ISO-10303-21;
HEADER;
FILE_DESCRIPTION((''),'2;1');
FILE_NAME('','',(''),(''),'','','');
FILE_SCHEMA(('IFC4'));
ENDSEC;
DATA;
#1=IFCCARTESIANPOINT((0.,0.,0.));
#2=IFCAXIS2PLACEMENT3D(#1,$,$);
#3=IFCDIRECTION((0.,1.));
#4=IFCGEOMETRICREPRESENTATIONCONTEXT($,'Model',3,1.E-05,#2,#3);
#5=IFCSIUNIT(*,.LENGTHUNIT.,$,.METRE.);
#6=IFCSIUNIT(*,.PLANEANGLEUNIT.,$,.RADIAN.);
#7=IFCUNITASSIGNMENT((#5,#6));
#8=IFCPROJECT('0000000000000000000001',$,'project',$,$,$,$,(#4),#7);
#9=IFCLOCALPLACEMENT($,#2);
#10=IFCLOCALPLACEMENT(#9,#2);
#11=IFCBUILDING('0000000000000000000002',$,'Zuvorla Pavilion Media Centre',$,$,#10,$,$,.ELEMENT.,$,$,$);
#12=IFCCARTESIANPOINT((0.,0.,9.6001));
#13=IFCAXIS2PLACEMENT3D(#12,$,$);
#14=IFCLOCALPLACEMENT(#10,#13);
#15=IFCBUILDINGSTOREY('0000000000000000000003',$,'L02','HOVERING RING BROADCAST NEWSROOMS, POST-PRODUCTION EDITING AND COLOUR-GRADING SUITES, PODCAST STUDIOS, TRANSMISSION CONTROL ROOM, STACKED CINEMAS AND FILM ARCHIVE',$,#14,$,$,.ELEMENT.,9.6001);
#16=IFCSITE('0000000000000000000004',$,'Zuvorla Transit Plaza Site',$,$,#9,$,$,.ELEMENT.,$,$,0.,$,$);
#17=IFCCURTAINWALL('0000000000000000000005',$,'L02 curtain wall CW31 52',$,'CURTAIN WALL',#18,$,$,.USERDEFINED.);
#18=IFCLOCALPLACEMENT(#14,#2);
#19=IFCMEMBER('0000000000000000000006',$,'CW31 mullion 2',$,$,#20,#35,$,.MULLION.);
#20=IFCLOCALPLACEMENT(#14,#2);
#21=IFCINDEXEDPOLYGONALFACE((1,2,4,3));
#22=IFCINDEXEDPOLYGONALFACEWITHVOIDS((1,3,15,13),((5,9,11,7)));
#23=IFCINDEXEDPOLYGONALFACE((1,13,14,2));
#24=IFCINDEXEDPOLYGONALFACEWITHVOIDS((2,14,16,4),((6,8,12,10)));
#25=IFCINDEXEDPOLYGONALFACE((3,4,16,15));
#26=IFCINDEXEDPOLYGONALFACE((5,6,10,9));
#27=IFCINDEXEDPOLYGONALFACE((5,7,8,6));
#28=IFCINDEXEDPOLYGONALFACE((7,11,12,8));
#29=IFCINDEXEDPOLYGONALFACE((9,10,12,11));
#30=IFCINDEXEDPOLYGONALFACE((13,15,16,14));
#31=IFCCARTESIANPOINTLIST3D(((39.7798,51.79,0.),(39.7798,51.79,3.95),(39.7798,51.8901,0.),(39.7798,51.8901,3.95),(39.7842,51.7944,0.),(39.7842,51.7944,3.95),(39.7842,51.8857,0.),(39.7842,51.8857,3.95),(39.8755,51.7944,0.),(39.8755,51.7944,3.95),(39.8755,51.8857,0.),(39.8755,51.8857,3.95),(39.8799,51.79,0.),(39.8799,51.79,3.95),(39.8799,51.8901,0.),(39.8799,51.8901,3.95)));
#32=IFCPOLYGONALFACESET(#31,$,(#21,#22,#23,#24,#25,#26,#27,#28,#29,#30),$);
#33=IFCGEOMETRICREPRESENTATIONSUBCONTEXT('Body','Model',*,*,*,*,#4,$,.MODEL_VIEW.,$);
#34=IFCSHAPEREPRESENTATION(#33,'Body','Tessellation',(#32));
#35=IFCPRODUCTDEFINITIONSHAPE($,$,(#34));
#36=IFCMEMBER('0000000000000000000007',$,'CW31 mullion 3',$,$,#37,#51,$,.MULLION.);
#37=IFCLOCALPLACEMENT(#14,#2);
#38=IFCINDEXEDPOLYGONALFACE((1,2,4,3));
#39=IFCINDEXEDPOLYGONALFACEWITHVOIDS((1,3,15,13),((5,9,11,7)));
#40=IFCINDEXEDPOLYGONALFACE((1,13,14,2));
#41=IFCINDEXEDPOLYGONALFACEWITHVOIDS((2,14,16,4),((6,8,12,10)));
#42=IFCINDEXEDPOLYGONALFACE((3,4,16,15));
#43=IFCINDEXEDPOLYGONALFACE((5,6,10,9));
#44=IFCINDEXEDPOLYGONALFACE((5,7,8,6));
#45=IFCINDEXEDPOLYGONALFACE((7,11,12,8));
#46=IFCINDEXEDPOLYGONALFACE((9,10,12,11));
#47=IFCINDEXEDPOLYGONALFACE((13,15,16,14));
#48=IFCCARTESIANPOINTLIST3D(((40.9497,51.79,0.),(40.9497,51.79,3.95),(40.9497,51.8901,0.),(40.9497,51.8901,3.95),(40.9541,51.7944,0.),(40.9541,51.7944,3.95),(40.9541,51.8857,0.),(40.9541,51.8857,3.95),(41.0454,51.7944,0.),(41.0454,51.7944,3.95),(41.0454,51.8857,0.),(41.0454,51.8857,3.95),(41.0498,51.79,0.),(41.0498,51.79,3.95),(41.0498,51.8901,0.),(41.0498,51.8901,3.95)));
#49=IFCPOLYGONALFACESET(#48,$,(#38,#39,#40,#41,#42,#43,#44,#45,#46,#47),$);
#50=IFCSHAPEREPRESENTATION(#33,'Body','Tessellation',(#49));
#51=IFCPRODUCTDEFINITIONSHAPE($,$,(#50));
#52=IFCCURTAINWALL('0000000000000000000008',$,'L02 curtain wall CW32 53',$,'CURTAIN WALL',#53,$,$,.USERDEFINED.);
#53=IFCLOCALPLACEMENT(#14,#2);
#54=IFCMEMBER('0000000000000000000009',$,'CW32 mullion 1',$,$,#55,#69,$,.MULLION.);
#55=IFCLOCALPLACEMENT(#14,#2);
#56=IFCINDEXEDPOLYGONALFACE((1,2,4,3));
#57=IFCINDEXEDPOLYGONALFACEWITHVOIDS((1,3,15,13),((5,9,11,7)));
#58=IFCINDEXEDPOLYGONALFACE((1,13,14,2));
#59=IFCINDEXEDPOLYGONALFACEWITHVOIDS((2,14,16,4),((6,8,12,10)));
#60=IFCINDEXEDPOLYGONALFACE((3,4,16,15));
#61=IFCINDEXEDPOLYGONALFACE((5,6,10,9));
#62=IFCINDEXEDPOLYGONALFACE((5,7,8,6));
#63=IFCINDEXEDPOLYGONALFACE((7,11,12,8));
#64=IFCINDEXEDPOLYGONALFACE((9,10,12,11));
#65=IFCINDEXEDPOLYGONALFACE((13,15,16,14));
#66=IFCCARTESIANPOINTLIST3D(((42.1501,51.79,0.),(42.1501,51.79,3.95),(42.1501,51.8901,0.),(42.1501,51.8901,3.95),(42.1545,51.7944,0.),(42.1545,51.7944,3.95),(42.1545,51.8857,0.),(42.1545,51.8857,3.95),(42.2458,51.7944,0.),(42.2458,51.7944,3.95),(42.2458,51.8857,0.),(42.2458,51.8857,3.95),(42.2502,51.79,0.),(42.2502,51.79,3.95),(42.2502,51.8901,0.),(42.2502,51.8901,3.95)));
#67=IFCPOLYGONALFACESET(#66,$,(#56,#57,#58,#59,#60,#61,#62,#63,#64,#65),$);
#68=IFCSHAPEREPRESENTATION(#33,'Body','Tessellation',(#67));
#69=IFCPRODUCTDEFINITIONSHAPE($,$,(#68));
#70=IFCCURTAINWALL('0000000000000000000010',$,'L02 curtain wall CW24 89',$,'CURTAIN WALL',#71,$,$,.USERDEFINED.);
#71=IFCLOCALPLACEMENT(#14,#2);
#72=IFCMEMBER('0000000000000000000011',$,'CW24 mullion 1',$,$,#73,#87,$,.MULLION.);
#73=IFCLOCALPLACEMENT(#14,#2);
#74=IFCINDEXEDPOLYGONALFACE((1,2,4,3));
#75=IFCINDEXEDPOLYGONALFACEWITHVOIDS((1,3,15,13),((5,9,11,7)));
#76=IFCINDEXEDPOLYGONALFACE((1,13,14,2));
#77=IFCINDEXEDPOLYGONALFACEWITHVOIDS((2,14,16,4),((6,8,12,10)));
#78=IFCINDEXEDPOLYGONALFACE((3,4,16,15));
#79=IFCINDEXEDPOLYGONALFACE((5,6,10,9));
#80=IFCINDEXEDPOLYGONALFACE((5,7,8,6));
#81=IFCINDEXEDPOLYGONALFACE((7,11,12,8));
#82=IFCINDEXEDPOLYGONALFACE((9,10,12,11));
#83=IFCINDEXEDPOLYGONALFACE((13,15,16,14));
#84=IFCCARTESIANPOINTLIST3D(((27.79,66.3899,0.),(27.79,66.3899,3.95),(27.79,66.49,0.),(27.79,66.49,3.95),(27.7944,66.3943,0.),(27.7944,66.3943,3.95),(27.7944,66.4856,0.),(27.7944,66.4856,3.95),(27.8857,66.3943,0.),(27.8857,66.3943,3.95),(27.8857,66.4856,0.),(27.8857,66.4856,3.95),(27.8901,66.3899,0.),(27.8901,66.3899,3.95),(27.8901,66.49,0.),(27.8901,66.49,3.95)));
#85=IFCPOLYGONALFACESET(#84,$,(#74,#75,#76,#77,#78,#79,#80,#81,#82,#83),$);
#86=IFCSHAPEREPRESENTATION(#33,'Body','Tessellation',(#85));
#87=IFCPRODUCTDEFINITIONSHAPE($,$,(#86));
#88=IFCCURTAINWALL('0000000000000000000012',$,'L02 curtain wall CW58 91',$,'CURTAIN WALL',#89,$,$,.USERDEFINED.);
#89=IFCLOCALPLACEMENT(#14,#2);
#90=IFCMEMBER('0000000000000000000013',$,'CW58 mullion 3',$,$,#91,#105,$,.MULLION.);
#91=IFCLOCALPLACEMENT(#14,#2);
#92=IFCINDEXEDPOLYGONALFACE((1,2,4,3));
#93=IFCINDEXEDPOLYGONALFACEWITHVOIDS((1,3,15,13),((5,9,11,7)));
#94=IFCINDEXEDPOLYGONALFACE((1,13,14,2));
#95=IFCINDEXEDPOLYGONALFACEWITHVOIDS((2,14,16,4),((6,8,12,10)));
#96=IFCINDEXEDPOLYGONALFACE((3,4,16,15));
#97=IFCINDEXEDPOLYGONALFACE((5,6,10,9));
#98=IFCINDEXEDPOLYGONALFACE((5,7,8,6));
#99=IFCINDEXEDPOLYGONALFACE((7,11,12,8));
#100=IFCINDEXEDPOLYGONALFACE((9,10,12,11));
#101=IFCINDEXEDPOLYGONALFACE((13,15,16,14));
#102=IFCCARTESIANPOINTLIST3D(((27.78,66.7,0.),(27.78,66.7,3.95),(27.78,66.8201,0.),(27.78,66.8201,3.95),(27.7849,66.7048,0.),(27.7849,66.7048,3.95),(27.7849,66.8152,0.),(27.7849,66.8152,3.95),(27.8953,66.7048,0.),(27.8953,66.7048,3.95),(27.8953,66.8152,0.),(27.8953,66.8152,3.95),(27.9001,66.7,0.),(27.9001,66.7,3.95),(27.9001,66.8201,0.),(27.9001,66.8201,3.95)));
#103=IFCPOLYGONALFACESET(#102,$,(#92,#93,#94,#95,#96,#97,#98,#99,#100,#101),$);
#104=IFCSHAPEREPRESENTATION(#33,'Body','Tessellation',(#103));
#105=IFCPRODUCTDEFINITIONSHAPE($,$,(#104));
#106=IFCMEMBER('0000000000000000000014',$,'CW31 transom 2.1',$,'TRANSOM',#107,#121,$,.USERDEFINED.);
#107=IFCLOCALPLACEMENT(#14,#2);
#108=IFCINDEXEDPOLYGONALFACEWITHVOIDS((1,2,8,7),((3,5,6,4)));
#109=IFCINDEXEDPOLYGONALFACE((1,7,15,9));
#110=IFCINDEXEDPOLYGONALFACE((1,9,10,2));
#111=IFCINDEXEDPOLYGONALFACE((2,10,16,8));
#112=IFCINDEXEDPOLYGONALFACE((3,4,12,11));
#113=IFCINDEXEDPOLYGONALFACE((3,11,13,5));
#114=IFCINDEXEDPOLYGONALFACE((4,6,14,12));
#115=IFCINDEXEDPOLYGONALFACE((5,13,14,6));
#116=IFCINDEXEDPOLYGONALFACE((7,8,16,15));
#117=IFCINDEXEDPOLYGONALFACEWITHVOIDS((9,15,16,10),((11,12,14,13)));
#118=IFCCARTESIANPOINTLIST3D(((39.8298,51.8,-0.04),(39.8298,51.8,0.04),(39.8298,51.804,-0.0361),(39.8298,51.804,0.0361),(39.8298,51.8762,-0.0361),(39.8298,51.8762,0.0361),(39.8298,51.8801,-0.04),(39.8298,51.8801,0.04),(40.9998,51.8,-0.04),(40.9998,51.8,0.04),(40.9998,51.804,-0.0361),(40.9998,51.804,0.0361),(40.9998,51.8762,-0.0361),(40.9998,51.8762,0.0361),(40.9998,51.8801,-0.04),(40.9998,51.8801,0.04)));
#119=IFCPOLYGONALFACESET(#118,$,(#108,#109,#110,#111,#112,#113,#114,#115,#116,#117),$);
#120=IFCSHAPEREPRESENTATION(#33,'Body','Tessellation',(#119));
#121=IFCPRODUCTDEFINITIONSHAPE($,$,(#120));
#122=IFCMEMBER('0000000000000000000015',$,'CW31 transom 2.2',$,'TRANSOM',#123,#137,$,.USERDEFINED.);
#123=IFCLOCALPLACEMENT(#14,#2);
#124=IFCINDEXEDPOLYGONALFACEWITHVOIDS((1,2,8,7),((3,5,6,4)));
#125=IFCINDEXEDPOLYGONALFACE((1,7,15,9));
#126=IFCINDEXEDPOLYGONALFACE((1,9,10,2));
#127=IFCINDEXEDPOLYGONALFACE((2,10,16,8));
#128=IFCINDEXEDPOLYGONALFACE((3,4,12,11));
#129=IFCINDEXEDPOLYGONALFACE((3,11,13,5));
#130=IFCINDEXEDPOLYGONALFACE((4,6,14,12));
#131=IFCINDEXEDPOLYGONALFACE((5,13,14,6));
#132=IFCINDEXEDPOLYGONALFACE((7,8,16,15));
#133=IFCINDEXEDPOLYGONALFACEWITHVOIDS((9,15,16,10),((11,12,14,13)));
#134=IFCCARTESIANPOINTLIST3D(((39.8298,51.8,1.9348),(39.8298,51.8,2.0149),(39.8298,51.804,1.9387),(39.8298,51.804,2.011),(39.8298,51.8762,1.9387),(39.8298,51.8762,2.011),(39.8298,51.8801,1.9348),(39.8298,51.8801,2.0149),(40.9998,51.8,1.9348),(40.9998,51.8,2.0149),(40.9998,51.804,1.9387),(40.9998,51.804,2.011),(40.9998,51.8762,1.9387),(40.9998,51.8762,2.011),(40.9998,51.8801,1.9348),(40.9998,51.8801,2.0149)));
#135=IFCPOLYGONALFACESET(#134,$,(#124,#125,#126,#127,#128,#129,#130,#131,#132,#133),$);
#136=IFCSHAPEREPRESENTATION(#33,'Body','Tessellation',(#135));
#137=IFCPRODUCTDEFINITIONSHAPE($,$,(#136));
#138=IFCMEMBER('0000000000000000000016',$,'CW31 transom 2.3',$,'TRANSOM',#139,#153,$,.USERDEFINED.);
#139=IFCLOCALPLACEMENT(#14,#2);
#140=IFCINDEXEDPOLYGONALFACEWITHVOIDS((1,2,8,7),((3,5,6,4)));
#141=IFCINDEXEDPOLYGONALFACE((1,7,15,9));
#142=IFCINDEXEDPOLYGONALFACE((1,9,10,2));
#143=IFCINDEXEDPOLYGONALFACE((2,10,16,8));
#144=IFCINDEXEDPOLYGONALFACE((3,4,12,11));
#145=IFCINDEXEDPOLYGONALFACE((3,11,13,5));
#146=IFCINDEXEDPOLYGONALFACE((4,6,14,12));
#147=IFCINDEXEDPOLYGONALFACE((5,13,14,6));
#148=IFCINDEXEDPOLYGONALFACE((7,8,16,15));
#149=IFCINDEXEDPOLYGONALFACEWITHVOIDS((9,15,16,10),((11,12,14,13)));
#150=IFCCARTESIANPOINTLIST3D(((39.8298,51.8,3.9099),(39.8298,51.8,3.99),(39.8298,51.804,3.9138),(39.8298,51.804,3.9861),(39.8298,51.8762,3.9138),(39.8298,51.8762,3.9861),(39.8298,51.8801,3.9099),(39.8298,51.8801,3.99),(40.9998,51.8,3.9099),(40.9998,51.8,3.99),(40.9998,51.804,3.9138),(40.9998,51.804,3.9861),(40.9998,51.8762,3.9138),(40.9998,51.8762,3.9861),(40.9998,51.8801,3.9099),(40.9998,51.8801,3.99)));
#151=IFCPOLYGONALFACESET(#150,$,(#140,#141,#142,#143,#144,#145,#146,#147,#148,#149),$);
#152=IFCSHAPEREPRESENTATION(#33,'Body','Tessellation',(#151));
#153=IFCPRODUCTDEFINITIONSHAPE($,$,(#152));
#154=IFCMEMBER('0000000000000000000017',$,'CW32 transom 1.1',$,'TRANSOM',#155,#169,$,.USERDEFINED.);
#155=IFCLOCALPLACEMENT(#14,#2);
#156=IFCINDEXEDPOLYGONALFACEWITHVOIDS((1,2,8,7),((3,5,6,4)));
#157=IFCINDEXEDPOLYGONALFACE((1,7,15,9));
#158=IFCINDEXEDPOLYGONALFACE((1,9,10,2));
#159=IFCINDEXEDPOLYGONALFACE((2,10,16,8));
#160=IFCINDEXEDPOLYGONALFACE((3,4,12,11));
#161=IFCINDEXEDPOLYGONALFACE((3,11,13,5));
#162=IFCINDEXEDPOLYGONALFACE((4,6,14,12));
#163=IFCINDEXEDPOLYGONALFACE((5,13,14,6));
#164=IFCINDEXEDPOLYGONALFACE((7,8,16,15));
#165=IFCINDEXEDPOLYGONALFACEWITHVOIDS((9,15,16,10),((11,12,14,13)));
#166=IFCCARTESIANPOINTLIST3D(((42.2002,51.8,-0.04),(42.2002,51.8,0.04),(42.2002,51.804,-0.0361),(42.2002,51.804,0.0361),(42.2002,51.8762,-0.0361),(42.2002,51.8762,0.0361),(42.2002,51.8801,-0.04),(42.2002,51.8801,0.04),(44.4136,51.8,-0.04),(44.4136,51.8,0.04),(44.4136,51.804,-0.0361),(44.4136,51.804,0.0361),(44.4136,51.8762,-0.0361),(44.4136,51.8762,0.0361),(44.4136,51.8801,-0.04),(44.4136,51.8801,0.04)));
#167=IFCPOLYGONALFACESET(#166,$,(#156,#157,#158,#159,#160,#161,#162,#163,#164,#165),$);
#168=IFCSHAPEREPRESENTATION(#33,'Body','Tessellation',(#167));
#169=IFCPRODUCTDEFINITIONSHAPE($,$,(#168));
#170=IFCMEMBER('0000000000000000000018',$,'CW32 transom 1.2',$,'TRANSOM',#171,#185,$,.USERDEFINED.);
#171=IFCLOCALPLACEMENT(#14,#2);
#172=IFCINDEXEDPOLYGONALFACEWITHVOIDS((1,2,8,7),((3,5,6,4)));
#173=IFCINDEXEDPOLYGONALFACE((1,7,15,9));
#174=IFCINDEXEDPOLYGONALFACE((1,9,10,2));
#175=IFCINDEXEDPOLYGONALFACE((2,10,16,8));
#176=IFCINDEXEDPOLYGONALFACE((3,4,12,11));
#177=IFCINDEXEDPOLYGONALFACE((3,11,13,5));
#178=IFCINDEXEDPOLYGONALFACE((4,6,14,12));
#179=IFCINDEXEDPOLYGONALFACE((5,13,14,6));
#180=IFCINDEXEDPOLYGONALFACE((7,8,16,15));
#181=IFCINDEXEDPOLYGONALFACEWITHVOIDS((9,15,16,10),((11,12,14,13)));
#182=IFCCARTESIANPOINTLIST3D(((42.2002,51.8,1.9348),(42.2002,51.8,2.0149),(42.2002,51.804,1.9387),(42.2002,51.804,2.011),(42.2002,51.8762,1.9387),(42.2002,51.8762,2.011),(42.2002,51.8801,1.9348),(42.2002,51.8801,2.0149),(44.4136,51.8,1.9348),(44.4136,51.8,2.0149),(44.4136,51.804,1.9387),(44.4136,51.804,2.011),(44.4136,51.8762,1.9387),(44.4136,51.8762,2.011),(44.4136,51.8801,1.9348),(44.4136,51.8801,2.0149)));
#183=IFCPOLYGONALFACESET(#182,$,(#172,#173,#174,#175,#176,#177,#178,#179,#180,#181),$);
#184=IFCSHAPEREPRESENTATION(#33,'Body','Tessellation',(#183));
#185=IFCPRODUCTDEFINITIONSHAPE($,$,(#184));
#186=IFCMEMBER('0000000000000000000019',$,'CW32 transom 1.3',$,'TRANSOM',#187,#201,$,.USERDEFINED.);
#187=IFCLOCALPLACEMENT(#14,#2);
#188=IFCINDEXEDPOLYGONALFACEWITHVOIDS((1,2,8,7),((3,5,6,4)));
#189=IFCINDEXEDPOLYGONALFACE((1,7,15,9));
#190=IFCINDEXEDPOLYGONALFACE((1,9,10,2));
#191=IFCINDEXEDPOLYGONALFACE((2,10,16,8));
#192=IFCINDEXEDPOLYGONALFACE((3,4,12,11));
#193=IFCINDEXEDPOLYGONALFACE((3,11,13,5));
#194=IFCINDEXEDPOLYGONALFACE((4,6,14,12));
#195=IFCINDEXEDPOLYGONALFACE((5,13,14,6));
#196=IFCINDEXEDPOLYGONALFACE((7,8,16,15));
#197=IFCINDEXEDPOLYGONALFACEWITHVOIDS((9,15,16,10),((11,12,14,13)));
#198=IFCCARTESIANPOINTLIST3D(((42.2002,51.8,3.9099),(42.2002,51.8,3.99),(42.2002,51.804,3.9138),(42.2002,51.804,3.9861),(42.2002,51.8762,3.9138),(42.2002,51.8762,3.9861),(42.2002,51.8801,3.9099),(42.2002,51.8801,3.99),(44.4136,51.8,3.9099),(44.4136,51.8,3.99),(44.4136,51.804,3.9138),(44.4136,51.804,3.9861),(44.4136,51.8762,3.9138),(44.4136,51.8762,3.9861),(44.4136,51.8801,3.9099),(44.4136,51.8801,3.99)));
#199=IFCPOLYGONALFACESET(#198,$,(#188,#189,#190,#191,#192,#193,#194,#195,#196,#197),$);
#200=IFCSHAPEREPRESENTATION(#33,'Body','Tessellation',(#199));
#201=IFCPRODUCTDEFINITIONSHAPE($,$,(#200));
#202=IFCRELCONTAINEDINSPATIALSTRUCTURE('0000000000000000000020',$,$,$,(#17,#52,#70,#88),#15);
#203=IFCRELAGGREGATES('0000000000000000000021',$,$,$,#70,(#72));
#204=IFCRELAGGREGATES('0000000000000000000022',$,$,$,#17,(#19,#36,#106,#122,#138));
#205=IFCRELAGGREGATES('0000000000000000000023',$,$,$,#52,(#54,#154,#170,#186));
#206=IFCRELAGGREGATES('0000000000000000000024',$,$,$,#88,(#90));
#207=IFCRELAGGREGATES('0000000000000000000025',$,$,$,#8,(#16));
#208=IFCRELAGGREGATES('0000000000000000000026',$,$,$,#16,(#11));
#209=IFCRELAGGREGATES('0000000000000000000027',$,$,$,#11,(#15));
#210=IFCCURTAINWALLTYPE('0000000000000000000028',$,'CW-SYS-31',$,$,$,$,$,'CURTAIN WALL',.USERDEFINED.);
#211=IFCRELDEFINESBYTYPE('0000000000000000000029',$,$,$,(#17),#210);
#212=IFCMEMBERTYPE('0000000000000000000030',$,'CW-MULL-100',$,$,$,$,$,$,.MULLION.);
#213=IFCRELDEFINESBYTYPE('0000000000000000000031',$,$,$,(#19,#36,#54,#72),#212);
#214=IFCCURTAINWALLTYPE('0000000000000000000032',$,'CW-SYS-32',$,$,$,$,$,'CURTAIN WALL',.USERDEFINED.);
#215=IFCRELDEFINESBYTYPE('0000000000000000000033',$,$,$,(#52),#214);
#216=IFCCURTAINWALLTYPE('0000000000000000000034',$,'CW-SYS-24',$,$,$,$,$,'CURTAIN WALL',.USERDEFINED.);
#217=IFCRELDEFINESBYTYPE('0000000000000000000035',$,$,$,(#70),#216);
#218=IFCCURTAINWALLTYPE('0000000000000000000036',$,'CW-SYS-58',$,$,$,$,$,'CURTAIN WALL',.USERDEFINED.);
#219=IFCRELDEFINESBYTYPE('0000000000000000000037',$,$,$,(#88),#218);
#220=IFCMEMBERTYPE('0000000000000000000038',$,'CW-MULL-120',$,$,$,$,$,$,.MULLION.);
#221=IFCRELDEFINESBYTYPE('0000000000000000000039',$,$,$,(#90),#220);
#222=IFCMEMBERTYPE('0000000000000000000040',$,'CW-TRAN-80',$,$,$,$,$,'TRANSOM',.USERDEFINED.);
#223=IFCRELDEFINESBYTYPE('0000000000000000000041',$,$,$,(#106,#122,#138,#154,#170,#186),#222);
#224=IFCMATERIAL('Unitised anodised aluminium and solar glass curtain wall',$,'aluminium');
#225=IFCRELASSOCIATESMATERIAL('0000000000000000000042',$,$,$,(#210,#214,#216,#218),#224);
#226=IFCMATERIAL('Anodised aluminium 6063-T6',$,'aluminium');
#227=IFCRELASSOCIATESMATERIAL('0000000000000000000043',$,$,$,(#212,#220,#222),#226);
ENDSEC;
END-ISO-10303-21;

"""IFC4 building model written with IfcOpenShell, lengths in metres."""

from ifc_helpers import new_model, si_unit, direction, frame, origin, origin_2d, place, context, subcontext, project, spatial, hollow_rectangle, extrude, material, material_profile, profile_set, type_object, element, aggregate, save


model = new_model("IFC4")

# Units and contexts
model_context = context("Model", 3, precision=1e-05, world=origin(), true_north=direction((0.0, 1.0)))
body_context = subcontext(model_context, "Body", "Model", "MODEL_VIEW")
ifc_project = project(units=[si_unit("LENGTHUNIT", "METRE"), si_unit("PLANEANGLEUNIT", "RADIAN")], contexts=[model_context])

# Site, building, storey
site_placement = place(None, origin())
site = spatial("IfcSite", under=ifc_project, at=site_placement, Name="Zuvorla Transit Plaza Site", CompositionType="ELEMENT", RefElevation=0.0)
building_placement = place(site_placement, origin())
building = spatial("IfcBuilding", under=site, at=building_placement, Name="Zuvorla Pavilion Media Centre", CompositionType="ELEMENT")
storey_placement = place(building_placement, frame((0.0, 0.0, 9.6001)))
storey = spatial("IfcBuildingStorey", under=building, at=storey_placement, Name="L02", Description="HOVERING RING BROADCAST NEWSROOMS, POST-PRODUCTION EDITING AND COLOUR-GRADING SUITES, PODCAST STUDIOS, TRANSMISSION CONTROL ROOM, STACKED CINEMAS AND FILM ARCHIVE", CompositionType="ELEMENT", Elevation=9.6001)

# Curtain wall, members
ifc_material_1 = material(Name="Unitised anodised aluminium and solar glass curtain wall", Category="aluminium")
curtain_wall_type_1 = type_object("IfcCurtainWallType", Name="CW-SYS-31", ElementType="CURTAIN WALL", PredefinedType="USERDEFINED", material=ifc_material_1)
curtain_wall_1_placement = place(storey_placement, origin())
curtain_wall_1 = element("IfcCurtainWall", 1, at=curtain_wall_1_placement, inside=storey, type_object=curtain_wall_type_1, Name="L02 curtain wall CW31 52", ObjectType="CURTAIN WALL", PredefinedType="USERDEFINED")
ifc_material_2 = material(Name="Anodised aluminium 6063-T6", Category="aluminium")
ifc_material_profile_1 = material_profile(ifc_material_2, hollow_rectangle(XDim=0.1001, YDim=0.1001, WallThickness=0.0044, at=origin_2d()), Name="ALU MULL 100x100")
ifc_profile_set_1 = profile_set([ifc_material_profile_1], Name="Anodised aluminium 6063-T6")
member_type_1 = type_object("IfcMemberType", Name="CW-MULL-100", PredefinedType="MULLION", material=ifc_profile_set_1)
member_1_placement = place(storey_placement, frame((39.8298, 51.8401, 0.0), z_axis=(0.0, 0.0, 1.0), x_axis=(1.0, 0.0, 0.0)))
member_1 = element("IfcMember", 2, at=member_1_placement, type_object=member_type_1, Name="CW31 mullion 2", PredefinedType="MULLION", context=body_context, shape_type="SweptSolid", body=[
    extrude(hollow_rectangle(XDim=0.1001, YDim=0.1001, WallThickness=0.0044, at=origin_2d()), origin(), (0.0, 0.0, 1.0), 3.95),
])
member_2_placement = place(storey_placement, frame((40.9998, 51.8401, 0.0), z_axis=(0.0, 0.0, 1.0), x_axis=(1.0, 0.0, 0.0)))
member_2 = element("IfcMember", 3, at=member_2_placement, type_object=member_type_1, Name="CW31 mullion 3", PredefinedType="MULLION", context=body_context, shape_type="SweptSolid", body=[
    extrude(hollow_rectangle(XDim=0.1001, YDim=0.1001, WallThickness=0.0044, at=origin_2d()), origin(), (0.0, 0.0, 1.0), 3.95),
])

# Curtain walls, members
curtain_wall_type_2 = type_object("IfcCurtainWallType", Name="CW-SYS-32", ElementType="CURTAIN WALL", PredefinedType="USERDEFINED", material=ifc_material_1)
curtain_wall_2_placement = place(storey_placement, origin())
curtain_wall_2 = element("IfcCurtainWall", 4, at=curtain_wall_2_placement, inside=storey, type_object=curtain_wall_type_2, Name="L02 curtain wall CW32 53", ObjectType="CURTAIN WALL", PredefinedType="USERDEFINED")
member_3_placement = place(storey_placement, frame((42.2002, 51.8401, 0.0), z_axis=(0.0, 0.0, 1.0), x_axis=(1.0, 0.0, 0.0)))
member_3 = element("IfcMember", 5, at=member_3_placement, type_object=member_type_1, Name="CW32 mullion 1", PredefinedType="MULLION", context=body_context, shape_type="SweptSolid", body=[
    extrude(hollow_rectangle(XDim=0.1001, YDim=0.1001, WallThickness=0.0044, at=origin_2d()), origin(), (0.0, 0.0, 1.0), 3.95),
])
curtain_wall_type_3 = type_object("IfcCurtainWallType", Name="CW-SYS-24", ElementType="CURTAIN WALL", PredefinedType="USERDEFINED", material=ifc_material_1)
curtain_wall_3_placement = place(storey_placement, origin())
curtain_wall_3 = element("IfcCurtainWall", 6, at=curtain_wall_3_placement, inside=storey, type_object=curtain_wall_type_3, Name="L02 curtain wall CW24 89", ObjectType="CURTAIN WALL", PredefinedType="USERDEFINED")
member_4_placement = place(storey_placement, frame((27.8401, 66.4399, 0.0), z_axis=(0.0, 0.0, 1.0), x_axis=(1.0, 0.0, 0.0)))
member_4 = element("IfcMember", 7, at=member_4_placement, type_object=member_type_1, Name="CW24 mullion 1", PredefinedType="MULLION", context=body_context, shape_type="SweptSolid", body=[
    extrude(hollow_rectangle(XDim=0.1001, YDim=0.1001, WallThickness=0.0044, at=origin_2d()), origin(), (0.0, 0.0, 1.0), 3.95),
])
curtain_wall_type_4 = type_object("IfcCurtainWallType", Name="CW-SYS-58", ElementType="CURTAIN WALL", PredefinedType="USERDEFINED", material=ifc_material_1)
curtain_wall_4_placement = place(storey_placement, origin())
curtain_wall_4 = element("IfcCurtainWall", 8, at=curtain_wall_4_placement, inside=storey, type_object=curtain_wall_type_4, Name="L02 curtain wall CW58 91", ObjectType="CURTAIN WALL", PredefinedType="USERDEFINED")
ifc_material_profile_2 = material_profile(ifc_material_2, hollow_rectangle(XDim=0.1201, YDim=0.1201, WallThickness=0.0049, at=origin_2d()), Name="ALU MULL 120x120")
ifc_profile_set_2 = profile_set([ifc_material_profile_2], Name="Anodised aluminium 6063-T6")
member_type_2 = type_object("IfcMemberType", Name="CW-MULL-120", PredefinedType="MULLION", material=ifc_profile_set_2)
member_5_placement = place(storey_placement, frame((27.8401, 66.76, 0.0), z_axis=(0.0, 0.0, 1.0), x_axis=(1.0, 0.0, 0.0)))
member_5 = element("IfcMember", 9, at=member_5_placement, type_object=member_type_2, Name="CW58 mullion 3", PredefinedType="MULLION", context=body_context, shape_type="SweptSolid", body=[
    extrude(hollow_rectangle(XDim=0.1201, YDim=0.1201, WallThickness=0.0049, at=origin_2d()), origin(), (0.0, 0.0, 1.0), 3.95),
])

# Members
ifc_material_profile_3 = material_profile(ifc_material_2, hollow_rectangle(XDim=0.0801, YDim=0.0801, WallThickness=0.0039, at=origin_2d()), Name="ALU TRAN 80x80")
ifc_profile_set_3 = profile_set([ifc_material_profile_3], Name="Anodised aluminium 6063-T6")
member_type_3 = type_object("IfcMemberType", Name="CW-TRAN-80", ElementType="TRANSOM", PredefinedType="USERDEFINED", material=ifc_profile_set_3)
member_6_placement = place(storey_placement, frame((39.8298, 51.8401, 0.0), z_axis=(1.0, 0.0, 0.0), x_axis=(0.0, 1.0, 0.0)))
member_6 = element("IfcMember", 10, at=member_6_placement, type_object=member_type_3, Name="CW31 transom 2.1", ObjectType="TRANSOM", PredefinedType="USERDEFINED", context=body_context, shape_type="SweptSolid", body=[
    extrude(hollow_rectangle(XDim=0.0801, YDim=0.0801, WallThickness=0.0039, at=origin_2d()), origin(), (0.0, 0.0, 1.0), 1.1699),
])
member_7_placement = place(storey_placement, frame((39.8298, 51.8401, 1.9749), z_axis=(1.0, 0.0, 0.0), x_axis=(0.0, 1.0, 0.0)))
member_7 = element("IfcMember", 11, at=member_7_placement, type_object=member_type_3, Name="CW31 transom 2.2", ObjectType="TRANSOM", PredefinedType="USERDEFINED", context=body_context, shape_type="SweptSolid", body=[
    extrude(hollow_rectangle(XDim=0.0801, YDim=0.0801, WallThickness=0.0039, at=origin_2d()), origin(), (0.0, 0.0, 1.0), 1.1699),
])
member_8_placement = place(storey_placement, frame((39.8298, 51.8401, 3.95), z_axis=(1.0, 0.0, 0.0), x_axis=(0.0, 1.0, 0.0)))
member_8 = element("IfcMember", 12, at=member_8_placement, type_object=member_type_3, Name="CW31 transom 2.3", ObjectType="TRANSOM", PredefinedType="USERDEFINED", context=body_context, shape_type="SweptSolid", body=[
    extrude(hollow_rectangle(XDim=0.0801, YDim=0.0801, WallThickness=0.0039, at=origin_2d()), origin(), (0.0, 0.0, 1.0), 1.1699),
])
member_9_placement = place(storey_placement, frame((42.2002, 51.8401, 0.0), z_axis=(1.0, 0.0, 0.0), x_axis=(0.0, 1.0, 0.0)))
member_9 = element("IfcMember", 13, at=member_9_placement, type_object=member_type_3, Name="CW32 transom 1.1", ObjectType="TRANSOM", PredefinedType="USERDEFINED", context=body_context, shape_type="SweptSolid", body=[
    extrude(hollow_rectangle(XDim=0.0801, YDim=0.0801, WallThickness=0.0039, at=origin_2d()), origin(), (0.0, 0.0, 1.0), 2.2134),
])
member_10_placement = place(storey_placement, frame((42.2002, 51.8401, 1.9749), z_axis=(1.0, 0.0, 0.0), x_axis=(0.0, 1.0, 0.0)))
member_10 = element("IfcMember", 14, at=member_10_placement, type_object=member_type_3, Name="CW32 transom 1.2", ObjectType="TRANSOM", PredefinedType="USERDEFINED", context=body_context, shape_type="SweptSolid", body=[
    extrude(hollow_rectangle(XDim=0.0801, YDim=0.0801, WallThickness=0.0039, at=origin_2d()), origin(), (0.0, 0.0, 1.0), 2.2134),
])
member_11_placement = place(storey_placement, frame((42.2002, 51.8401, 3.95), z_axis=(1.0, 0.0, 0.0), x_axis=(0.0, 1.0, 0.0)))
member_11 = element("IfcMember", 15, at=member_11_placement, type_object=member_type_3, Name="CW32 transom 1.3", ObjectType="TRANSOM", PredefinedType="USERDEFINED", context=body_context, shape_type="SweptSolid", body=[
    extrude(hollow_rectangle(XDim=0.0801, YDim=0.0801, WallThickness=0.0039, at=origin_2d()), origin(), (0.0, 0.0, 1.0), 2.2134),
])

aggregate(curtain_wall_3, [member_4])
aggregate(curtain_wall_1, [member_1, member_2, member_6, member_7, member_8])
aggregate(curtain_wall_2, [member_3, member_9, member_10, member_11])
aggregate(curtain_wall_4, [member_5])

save(model, "model.ifc")
